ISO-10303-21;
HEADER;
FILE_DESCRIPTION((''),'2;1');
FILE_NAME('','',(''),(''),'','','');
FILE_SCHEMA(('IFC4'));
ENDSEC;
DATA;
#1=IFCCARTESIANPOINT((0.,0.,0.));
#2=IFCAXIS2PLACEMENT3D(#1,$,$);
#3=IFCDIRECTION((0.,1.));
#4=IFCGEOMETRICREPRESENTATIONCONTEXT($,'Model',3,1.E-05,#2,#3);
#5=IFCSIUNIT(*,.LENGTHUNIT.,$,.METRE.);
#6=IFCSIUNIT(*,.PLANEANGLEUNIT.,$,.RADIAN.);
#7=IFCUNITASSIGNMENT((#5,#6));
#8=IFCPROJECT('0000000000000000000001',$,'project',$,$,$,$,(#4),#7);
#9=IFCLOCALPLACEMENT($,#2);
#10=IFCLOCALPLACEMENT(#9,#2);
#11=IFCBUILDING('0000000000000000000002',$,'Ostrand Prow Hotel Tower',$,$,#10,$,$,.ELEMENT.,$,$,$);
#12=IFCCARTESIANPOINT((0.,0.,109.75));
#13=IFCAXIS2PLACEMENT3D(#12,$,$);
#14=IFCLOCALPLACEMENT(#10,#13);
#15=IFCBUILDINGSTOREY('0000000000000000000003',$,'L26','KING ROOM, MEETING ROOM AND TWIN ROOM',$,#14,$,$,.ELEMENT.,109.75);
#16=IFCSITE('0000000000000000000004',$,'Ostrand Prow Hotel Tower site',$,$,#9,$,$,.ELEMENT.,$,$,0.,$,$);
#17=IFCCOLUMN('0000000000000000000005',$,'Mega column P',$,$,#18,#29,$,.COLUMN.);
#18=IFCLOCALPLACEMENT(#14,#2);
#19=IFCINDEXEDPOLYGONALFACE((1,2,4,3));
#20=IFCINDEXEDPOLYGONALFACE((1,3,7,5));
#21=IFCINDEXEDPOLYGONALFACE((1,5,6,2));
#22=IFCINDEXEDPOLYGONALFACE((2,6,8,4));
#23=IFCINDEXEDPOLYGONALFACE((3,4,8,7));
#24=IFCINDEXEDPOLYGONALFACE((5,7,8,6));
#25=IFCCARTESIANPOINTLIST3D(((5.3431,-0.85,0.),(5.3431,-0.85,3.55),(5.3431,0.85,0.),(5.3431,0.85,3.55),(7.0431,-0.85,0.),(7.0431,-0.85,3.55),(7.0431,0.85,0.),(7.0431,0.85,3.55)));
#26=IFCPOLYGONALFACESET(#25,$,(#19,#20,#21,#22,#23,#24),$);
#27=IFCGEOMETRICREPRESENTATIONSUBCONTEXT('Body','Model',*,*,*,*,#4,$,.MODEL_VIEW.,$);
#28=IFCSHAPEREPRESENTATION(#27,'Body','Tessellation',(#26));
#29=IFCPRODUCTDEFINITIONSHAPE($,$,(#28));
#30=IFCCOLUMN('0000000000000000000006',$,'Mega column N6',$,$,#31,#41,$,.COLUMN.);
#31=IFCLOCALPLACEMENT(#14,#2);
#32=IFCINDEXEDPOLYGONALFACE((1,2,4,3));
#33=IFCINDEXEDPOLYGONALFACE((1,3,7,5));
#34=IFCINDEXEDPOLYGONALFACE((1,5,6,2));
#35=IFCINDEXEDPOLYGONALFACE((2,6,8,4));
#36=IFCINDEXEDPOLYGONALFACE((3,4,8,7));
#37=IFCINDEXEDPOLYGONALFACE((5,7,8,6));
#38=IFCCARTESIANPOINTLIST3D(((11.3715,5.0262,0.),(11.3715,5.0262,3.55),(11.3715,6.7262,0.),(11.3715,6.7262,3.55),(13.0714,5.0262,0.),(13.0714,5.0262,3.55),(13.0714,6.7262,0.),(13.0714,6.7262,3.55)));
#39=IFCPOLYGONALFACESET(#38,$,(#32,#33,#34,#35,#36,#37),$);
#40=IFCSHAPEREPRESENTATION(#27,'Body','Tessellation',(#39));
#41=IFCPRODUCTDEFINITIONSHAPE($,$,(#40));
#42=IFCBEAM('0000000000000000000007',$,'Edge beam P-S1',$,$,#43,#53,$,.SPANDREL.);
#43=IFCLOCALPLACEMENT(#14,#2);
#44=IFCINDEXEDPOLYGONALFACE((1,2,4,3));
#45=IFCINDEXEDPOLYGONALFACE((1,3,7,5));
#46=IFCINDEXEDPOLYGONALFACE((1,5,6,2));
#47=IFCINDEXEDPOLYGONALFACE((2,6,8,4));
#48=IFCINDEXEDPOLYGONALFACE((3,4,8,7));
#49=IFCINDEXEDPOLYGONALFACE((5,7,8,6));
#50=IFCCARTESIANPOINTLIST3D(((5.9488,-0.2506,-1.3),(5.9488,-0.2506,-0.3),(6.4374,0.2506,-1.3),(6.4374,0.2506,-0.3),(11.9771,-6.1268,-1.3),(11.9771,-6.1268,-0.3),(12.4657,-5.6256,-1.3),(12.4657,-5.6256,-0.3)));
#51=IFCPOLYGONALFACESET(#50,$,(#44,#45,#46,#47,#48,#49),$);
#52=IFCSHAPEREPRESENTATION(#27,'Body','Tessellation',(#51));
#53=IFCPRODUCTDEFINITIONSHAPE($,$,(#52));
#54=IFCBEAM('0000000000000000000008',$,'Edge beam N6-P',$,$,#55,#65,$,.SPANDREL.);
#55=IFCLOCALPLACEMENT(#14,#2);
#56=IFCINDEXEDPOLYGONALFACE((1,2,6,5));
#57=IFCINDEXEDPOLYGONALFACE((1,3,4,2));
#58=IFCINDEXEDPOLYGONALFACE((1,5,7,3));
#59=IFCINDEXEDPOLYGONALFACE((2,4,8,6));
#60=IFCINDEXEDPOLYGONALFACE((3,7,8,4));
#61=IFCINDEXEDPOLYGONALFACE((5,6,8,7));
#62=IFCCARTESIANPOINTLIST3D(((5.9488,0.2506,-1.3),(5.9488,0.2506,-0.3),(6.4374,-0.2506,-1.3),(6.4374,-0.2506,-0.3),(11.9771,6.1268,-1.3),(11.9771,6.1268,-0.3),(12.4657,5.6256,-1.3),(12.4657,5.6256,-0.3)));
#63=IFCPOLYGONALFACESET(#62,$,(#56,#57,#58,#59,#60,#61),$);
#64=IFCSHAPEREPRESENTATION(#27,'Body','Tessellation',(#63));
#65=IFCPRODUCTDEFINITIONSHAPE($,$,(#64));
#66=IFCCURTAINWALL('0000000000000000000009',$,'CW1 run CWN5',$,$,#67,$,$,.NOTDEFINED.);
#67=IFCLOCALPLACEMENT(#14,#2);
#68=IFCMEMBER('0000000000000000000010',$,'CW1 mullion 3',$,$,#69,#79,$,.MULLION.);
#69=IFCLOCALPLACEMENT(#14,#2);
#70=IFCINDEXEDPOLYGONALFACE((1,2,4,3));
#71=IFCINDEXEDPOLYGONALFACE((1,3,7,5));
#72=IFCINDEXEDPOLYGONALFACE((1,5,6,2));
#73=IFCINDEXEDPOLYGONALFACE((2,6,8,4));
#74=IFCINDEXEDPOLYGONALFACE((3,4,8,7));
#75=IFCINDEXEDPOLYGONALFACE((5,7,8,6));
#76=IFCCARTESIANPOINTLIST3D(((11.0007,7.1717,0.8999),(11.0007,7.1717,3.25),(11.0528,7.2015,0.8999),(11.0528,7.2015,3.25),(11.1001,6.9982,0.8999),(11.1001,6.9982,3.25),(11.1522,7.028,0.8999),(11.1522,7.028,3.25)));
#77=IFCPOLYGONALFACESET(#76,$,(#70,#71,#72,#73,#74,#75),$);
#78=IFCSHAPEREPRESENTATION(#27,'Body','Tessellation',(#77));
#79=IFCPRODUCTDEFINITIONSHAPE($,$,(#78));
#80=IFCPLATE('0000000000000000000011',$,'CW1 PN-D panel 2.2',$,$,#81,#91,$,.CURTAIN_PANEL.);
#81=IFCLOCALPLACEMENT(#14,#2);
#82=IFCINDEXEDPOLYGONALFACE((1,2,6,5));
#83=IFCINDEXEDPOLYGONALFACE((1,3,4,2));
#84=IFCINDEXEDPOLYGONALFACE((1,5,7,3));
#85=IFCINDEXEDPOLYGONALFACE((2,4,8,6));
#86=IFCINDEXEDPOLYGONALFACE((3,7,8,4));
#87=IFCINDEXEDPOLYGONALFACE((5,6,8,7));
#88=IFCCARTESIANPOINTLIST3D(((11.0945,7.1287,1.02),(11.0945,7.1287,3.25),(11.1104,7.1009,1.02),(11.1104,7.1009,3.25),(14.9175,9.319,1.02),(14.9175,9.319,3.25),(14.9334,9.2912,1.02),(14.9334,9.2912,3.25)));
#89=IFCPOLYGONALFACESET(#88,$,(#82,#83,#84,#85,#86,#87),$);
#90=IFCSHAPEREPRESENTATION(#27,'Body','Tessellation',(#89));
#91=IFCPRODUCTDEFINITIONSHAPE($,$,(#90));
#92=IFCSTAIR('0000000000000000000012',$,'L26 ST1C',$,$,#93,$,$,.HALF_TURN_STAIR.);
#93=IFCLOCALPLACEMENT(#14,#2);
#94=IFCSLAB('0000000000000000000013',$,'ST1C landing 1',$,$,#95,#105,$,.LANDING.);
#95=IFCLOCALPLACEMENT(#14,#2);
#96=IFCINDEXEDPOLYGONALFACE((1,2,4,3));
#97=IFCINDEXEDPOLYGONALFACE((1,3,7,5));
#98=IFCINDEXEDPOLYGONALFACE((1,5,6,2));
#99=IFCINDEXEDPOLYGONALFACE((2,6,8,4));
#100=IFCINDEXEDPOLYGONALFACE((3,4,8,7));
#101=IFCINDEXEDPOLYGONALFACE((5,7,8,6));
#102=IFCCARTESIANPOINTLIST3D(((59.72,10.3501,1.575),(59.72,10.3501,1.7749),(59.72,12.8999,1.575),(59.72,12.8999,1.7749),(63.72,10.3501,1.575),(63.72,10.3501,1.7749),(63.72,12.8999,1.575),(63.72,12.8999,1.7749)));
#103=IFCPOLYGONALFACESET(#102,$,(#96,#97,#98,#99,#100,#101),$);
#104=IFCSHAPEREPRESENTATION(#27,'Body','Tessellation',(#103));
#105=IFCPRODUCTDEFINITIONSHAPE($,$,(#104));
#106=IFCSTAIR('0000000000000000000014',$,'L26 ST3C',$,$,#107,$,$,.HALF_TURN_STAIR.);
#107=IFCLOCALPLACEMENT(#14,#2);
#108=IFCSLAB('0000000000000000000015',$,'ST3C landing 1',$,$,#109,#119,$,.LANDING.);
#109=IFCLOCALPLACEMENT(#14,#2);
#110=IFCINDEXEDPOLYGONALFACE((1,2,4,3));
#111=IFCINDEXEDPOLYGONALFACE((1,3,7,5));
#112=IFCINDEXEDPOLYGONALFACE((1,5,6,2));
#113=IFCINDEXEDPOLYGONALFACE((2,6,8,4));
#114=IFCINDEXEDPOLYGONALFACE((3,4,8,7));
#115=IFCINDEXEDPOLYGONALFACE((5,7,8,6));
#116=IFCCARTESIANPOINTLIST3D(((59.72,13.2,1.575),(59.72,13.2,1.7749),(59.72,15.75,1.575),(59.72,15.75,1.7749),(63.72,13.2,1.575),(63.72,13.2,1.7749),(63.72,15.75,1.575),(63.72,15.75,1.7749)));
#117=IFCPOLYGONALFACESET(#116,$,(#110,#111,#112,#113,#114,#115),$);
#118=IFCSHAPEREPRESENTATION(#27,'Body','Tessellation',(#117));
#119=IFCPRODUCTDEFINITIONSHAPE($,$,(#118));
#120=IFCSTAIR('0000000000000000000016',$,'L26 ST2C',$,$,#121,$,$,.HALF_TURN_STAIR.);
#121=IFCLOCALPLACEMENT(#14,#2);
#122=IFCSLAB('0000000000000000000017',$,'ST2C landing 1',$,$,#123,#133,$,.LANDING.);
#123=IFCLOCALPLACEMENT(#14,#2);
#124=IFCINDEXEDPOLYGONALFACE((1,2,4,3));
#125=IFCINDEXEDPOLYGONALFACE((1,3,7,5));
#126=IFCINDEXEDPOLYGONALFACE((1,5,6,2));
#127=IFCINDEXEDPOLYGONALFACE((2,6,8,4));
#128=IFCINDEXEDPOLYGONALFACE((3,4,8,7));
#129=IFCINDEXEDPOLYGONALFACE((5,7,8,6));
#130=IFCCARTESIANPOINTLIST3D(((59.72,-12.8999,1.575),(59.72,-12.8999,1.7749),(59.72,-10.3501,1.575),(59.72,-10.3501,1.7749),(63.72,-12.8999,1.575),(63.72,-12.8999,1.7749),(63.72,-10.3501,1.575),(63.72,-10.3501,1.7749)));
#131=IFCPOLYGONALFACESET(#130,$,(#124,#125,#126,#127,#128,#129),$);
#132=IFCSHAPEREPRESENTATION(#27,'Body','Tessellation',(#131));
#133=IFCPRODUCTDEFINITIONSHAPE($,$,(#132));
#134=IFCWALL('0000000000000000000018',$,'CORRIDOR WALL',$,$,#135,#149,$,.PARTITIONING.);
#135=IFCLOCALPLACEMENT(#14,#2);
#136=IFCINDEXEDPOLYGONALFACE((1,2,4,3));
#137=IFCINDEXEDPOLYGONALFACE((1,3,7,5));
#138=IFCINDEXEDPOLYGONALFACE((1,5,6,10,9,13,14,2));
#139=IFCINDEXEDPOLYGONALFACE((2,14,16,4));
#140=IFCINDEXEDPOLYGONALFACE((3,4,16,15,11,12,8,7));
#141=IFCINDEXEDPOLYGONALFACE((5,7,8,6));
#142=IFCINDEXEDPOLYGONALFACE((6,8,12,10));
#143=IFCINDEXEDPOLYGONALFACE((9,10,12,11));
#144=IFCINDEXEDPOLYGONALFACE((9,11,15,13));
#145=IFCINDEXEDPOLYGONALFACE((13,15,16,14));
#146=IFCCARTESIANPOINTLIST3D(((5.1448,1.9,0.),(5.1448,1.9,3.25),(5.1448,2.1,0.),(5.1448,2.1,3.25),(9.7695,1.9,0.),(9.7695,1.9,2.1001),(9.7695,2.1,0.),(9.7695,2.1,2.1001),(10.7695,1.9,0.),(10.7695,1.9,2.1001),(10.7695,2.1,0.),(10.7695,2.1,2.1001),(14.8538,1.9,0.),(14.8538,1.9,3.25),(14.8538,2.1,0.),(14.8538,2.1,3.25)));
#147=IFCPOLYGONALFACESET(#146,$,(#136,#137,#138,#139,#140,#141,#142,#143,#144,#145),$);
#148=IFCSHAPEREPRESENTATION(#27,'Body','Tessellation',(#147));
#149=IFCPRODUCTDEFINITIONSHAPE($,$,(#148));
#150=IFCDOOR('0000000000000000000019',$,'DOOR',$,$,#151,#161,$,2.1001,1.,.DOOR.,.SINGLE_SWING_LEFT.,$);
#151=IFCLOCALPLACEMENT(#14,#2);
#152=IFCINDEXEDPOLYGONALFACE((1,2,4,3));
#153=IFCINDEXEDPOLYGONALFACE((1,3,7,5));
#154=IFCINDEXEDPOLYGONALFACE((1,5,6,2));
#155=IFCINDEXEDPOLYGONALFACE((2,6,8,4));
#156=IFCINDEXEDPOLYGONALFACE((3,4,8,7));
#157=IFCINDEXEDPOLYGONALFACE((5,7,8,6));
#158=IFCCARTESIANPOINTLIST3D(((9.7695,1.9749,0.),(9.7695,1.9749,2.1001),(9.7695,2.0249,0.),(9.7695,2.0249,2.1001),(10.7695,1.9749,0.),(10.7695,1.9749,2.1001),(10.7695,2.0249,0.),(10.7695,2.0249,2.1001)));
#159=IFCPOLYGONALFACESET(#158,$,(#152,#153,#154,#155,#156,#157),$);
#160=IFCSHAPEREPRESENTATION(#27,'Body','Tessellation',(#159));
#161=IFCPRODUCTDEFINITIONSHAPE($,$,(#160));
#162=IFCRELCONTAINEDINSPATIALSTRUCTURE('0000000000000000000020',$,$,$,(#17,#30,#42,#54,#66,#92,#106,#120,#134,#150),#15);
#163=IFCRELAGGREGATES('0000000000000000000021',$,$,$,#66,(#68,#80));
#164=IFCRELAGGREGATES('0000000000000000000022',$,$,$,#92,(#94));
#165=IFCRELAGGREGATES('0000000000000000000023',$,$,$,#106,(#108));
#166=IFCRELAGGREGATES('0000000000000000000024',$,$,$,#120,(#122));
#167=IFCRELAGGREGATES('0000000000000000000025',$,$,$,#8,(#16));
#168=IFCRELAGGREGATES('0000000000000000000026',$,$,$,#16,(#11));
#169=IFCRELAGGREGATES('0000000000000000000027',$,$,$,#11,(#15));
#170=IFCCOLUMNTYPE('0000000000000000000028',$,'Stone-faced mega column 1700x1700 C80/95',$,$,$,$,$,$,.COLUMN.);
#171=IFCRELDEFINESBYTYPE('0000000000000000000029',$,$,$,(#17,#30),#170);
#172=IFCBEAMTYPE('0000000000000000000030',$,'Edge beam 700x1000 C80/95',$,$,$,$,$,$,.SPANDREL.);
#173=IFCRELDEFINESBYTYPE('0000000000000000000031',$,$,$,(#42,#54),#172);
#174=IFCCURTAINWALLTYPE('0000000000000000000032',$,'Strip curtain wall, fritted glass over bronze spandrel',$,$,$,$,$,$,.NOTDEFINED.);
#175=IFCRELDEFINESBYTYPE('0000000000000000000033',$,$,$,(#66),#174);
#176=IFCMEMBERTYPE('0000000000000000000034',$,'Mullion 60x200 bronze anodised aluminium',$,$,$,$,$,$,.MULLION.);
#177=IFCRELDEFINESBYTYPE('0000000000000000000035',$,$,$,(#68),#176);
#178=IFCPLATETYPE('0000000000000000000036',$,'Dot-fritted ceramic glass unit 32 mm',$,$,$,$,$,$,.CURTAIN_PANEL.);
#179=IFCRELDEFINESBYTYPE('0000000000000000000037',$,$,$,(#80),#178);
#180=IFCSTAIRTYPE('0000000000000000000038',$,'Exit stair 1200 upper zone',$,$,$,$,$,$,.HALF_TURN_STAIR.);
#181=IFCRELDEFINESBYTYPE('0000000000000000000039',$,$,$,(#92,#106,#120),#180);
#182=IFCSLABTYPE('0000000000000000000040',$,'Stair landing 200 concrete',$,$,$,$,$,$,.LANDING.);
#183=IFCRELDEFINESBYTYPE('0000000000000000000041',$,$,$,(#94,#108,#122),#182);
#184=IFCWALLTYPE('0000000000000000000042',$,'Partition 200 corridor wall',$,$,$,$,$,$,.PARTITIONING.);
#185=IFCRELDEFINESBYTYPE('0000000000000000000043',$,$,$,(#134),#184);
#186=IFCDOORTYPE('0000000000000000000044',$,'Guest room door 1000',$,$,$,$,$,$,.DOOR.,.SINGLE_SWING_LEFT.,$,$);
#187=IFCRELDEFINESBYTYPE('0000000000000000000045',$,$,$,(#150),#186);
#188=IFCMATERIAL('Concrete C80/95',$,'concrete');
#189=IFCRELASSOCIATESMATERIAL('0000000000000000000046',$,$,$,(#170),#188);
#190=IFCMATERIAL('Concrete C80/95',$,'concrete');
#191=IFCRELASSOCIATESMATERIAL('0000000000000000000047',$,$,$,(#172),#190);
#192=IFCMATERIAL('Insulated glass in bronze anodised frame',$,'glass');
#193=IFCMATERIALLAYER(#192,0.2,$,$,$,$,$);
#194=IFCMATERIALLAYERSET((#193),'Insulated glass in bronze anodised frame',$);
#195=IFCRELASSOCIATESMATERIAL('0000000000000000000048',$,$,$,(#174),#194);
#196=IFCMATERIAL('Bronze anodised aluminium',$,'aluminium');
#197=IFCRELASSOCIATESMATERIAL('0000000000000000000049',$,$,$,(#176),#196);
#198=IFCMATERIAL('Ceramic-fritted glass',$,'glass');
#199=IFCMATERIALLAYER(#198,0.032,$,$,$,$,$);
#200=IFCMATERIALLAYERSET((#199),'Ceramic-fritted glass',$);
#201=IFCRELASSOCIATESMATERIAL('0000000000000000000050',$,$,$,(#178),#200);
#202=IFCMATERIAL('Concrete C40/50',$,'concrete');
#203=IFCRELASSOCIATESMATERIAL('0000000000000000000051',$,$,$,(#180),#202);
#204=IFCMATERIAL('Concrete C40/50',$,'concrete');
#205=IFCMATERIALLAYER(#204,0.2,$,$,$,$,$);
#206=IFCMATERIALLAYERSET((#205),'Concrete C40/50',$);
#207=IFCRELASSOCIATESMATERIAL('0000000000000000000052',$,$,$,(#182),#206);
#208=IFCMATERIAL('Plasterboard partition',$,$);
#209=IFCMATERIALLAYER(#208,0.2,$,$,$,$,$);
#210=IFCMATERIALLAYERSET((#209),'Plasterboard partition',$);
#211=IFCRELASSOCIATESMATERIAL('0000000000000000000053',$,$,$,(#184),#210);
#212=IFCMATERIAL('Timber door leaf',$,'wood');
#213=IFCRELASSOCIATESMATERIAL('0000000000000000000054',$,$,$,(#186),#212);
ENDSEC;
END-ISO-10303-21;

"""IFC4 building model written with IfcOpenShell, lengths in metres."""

from ifc_helpers import new_model, si_unit, direction, frame, frame_2d, origin, origin_2d, place, context, subcontext, project, spatial, polyline, rectangle, outline, extrude, material, layer, layer_set, material_profile, profile_set, type_object, element, fill, aggregate, save


model = new_model("IFC4")

# Units and contexts
model_context = context("Model", 3, precision=1e-05, world=origin(), true_north=direction((0.0, 1.0)))
body_context = subcontext(model_context, "Body", "Model", "MODEL_VIEW")
ifc_project = project(units=[si_unit("LENGTHUNIT", "METRE"), si_unit("PLANEANGLEUNIT", "RADIAN")], contexts=[model_context])

# Site, building, storey
site_placement = place(None, origin())
site = spatial("IfcSite", under=ifc_project, at=site_placement, Name="Ostrand Prow Hotel Tower site", CompositionType="ELEMENT", RefElevation=0.0)
building_placement = place(site_placement, origin())
building = spatial("IfcBuilding", under=site, at=building_placement, Name="Ostrand Prow Hotel Tower", CompositionType="ELEMENT")
storey_placement = place(building_placement, frame((0.0, 0.0, 109.75)))
storey = spatial("IfcBuildingStorey", under=building, at=storey_placement, Name="L26", Description="KING ROOM, MEETING ROOM AND TWIN ROOM", CompositionType="ELEMENT", Elevation=109.75)

# Columns
ifc_material_1 = material(Name="Concrete C80/95", Category="concrete")
ifc_material_profile_1 = material_profile(ifc_material_1, rectangle(XDim=1.7, YDim=1.7, at=origin_2d()), Name="RC 1700x1700")
ifc_profile_set_1 = profile_set([ifc_material_profile_1], Name="Concrete C80/95")
column_type = type_object("IfcColumnType", Name="Stone-faced mega column 1700x1700 C80/95", PredefinedType="COLUMN", material=ifc_profile_set_1)
for number, where, z_axis, x_axis, name in (
    (1, (6.1931, 0.0, 0.0), (0.0, 0.0, 1.0), (1.0, 0.0, 0.0), "Mega column P"),
    (2, (12.2214, 5.8762, 0.0), (0.0, 0.0, 1.0), (1.0, 0.0, 0.0), "Mega column N6"),
):
    element("IfcColumn", number, at=place(storey_placement, frame(where, z_axis=z_axis, x_axis=x_axis)), inside=storey, type_object=column_type, Name=name, PredefinedType="COLUMN", context=body_context, shape_type="SweptSolid", body=[
        extrude(rectangle(XDim=1.7, YDim=1.7, at=origin_2d()), origin(), (0.0, 0.0, 1.0), 3.55),
    ])

# Beams
ifc_material_2 = material(Name="Concrete C80/95", Category="concrete")
ifc_material_profile_2 = material_profile(ifc_material_2, rectangle(XDim=0.7, YDim=1.0, at=origin_2d()), Name="RC 700x1000")
ifc_profile_set_2 = profile_set([ifc_material_profile_2], Name="Concrete C80/95")
beam_type = type_object("IfcBeamType", Name="Edge beam 700x1000 C80/95", PredefinedType="SPANDREL", material=ifc_profile_set_2)
for number, where, z_axis, x_axis, name in (
    (3, (6.1931, 0.0, -0.8), (0.716083, -0.698015, 0.0), (0.698015, 0.716083, 0.0), "Edge beam P-S1"),
    (4, (12.2214, 5.8762, -0.8), (-0.716083, -0.698015, 0.0), (0.698015, -0.716083, 0.0), "Edge beam N6-P"),
):
    element("IfcBeam", number, at=place(storey_placement, frame(where, z_axis=z_axis, x_axis=x_axis)), inside=storey, type_object=beam_type, Name=name, PredefinedType="SPANDREL", context=body_context, shape_type="SweptSolid", body=[
        extrude(rectangle(XDim=0.7, YDim=1.0, at=origin_2d()), origin(), (0.0, 0.0, 1.0), 8.4185),
    ])

# Curtain wall, member, plate
ifc_material_3 = material(Name="Insulated glass in bronze anodised frame", Category="glass")
ifc_layer_1 = layer(ifc_material_3, 0.2)
ifc_layer_set_1 = layer_set([ifc_layer_1], Name="Insulated glass in bronze anodised frame")
curtain_wall_type = type_object("IfcCurtainWallType", Name="Strip curtain wall, fritted glass over bronze spandrel", PredefinedType="NOTDEFINED", material=ifc_layer_set_1)
curtain_wall_placement = place(storey_placement, origin())
curtain_wall = element("IfcCurtainWall", 5, at=curtain_wall_placement, inside=storey, type_object=curtain_wall_type, Name="CW1 run CWN5", PredefinedType="NOTDEFINED")
ifc_material_4 = material(Name="Bronze anodised aluminium", Category="aluminium")
ifc_material_profile_3 = material_profile(ifc_material_4, rectangle(XDim=0.2, YDim=0.0601, at=origin_2d()), Name="Mullion 60x200 bronze anodised aluminium")
ifc_profile_set_3 = profile_set([ifc_material_profile_3], Name="Bronze anodised aluminium")
member_type = type_object("IfcMemberType", Name="Mullion 60x200 bronze anodised aluminium", PredefinedType="MULLION", material=ifc_profile_set_3)
member_placement = place(storey_placement, frame((11.0764, 7.0999, 0.8999), z_axis=(0.0, 0.0, 1.0), x_axis=(0.497115, -0.867685, 0.0)))
member = element("IfcMember", 6, at=member_placement, type_object=member_type, Name="CW1 mullion 3", PredefinedType="MULLION", context=body_context, shape_type="SweptSolid", body=[
    extrude(rectangle(XDim=0.2, YDim=0.0601, at=origin_2d()), origin(), (0.0, 0.0, 1.0), 2.3501),
])
ifc_material_5 = material(Name="Ceramic-fritted glass", Category="glass")
ifc_layer_2 = layer(ifc_material_5, 0.032)
ifc_layer_set_2 = layer_set([ifc_layer_2], Name="Ceramic-fritted glass")
plate_type = type_object("IfcPlateType", Name="Dot-fritted ceramic glass unit 32 mm", PredefinedType="CURTAIN_PANEL", material=ifc_layer_set_2)
plate_placement = place(storey_placement, frame((13.0139, 8.21, 1.02), z_axis=(0.0, 0.0, 1.0), x_axis=(-0.867685, -0.497115, 0.0)))
plate = element("IfcPlate", 7, at=plate_placement, type_object=plate_type, Name="CW1 PN-D panel 2.2", PredefinedType="CURTAIN_PANEL", context=body_context, shape_type="SweptSolid", body=[
    extrude(rectangle(XDim=4.406, YDim=0.032, at=origin_2d()), origin(), (0.0, 0.0, 1.0), 2.23),
])
aggregate(curtain_wall, [member, plate])

# Stairs, slabs
ifc_material_6 = material(Name="Concrete C40/50", Category="concrete")
stair_type = type_object("IfcStairType", Name="Exit stair 1200 upper zone", PredefinedType="HALF_TURN_STAIR", material=ifc_material_6)
stair_1_placement = place(storey_placement, origin())
stair_1 = element("IfcStair", 8, at=stair_1_placement, inside=storey, type_object=stair_type, Name="L26 ST1C", PredefinedType="HALF_TURN_STAIR")
ifc_material_7 = material(Name="Concrete C40/50", Category="concrete")
ifc_layer_3 = layer(ifc_material_7, 0.2)
ifc_layer_set_3 = layer_set([ifc_layer_3], Name="Concrete C40/50")
slab_type = type_object("IfcSlabType", Name="Stair landing 200 concrete", PredefinedType="LANDING", material=ifc_layer_set_3)
slab_1_placement = place(storey_placement, frame((0.0, 0.0, 1.575)))
slab_1 = element("IfcSlab", 9, at=slab_1_placement, type_object=slab_type, Name="ST1C landing 1", PredefinedType="LANDING", context=body_context, shape_type="SweptSolid", body=[
    extrude(outline(polyline([(59.72, 10.3501), (63.72, 10.3501), (63.72, 12.8999), (59.72, 12.8999), (59.72, 10.3501)])), origin(), (0.0, 0.0, 1.0), 0.2),
])
aggregate(stair_1, [slab_1])
stair_2_placement = place(storey_placement, origin())
stair_2 = element("IfcStair", 10, at=stair_2_placement, inside=storey, type_object=stair_type, Name="L26 ST3C", PredefinedType="HALF_TURN_STAIR")
slab_2_placement = place(storey_placement, frame((0.0, 0.0, 1.575)))
slab_2 = element("IfcSlab", 11, at=slab_2_placement, type_object=slab_type, Name="ST3C landing 1", PredefinedType="LANDING", context=body_context, shape_type="SweptSolid", body=[
    extrude(outline(polyline([(59.72, 13.2), (63.72, 13.2), (63.72, 15.75), (59.72, 15.75), (59.72, 13.2)])), origin(), (0.0, 0.0, 1.0), 0.2),
])
aggregate(stair_2, [slab_2])
stair_3_placement = place(storey_placement, origin())
stair_3 = element("IfcStair", 12, at=stair_3_placement, inside=storey, type_object=stair_type, Name="L26 ST2C", PredefinedType="HALF_TURN_STAIR")
slab_3_placement = place(storey_placement, frame((0.0, 0.0, 1.575)))
slab_3 = element("IfcSlab", 13, at=slab_3_placement, type_object=slab_type, Name="ST2C landing 1", PredefinedType="LANDING", context=body_context, shape_type="SweptSolid", body=[
    extrude(outline(polyline([(59.72, -12.8999), (63.72, -12.8999), (63.72, -10.3501), (59.72, -10.3501), (59.72, -12.8999)])), origin(), (0.0, 0.0, 1.0), 0.2),
])
aggregate(stair_3, [slab_3])

# Wall, opening, door
ifc_material_8 = material(Name="Plasterboard partition")
ifc_layer_4 = layer(ifc_material_8, 0.2)
ifc_layer_set_4 = layer_set([ifc_layer_4], Name="Plasterboard partition")
wall_type_1 = type_object("IfcWallType", Name="Partition 200 corridor wall", PredefinedType="PARTITIONING", material=ifc_layer_set_4)
wall_1_placement = place(storey_placement, frame((5.1448, 2.0, 0.0), z_axis=(0.0, 0.0, 1.0), x_axis=(1.0, 0.0, 0.0)))
wall_1 = element("IfcWall", 14, at=wall_1_placement, inside=storey, type_object=wall_type_1, Name="CORRIDOR WALL", PredefinedType="PARTITIONING", context=body_context, shape_type="SweptSolid", body=[
    extrude(rectangle(XDim=9.709, YDim=0.2, at=frame_2d((4.8545, 0.0))), origin(), (0.0, 0.0, 1.0), 3.25),
])
opening_1_placement = place(wall_1_placement, frame((4.6248, 0.0, 0.0)))
opening_1 = element("IfcOpeningElement", 15, at=opening_1_placement, cuts=wall_1, PredefinedType="OPENING", context=body_context, shape_type="SweptSolid", body=[
    extrude(rectangle(XDim=1.0, YDim=2.1001, at=frame_2d((0.5, 1.05))), frame((0.0, 0.1099, 0.0), z_axis=(0.0, -1.0, 0.0), x_axis=(1.0, 0.0, 0.0)), (0.0, 0.0, 1.0), 0.22),
])
ifc_material_9 = material(Name="Timber door leaf", Category="wood")
door_type = type_object("IfcDoorType", Name="Guest room door 1000", OperationType="SINGLE_SWING_LEFT", PredefinedType="DOOR", material=ifc_material_9)
door_placement = place(opening_1_placement, origin())
door = element("IfcDoor", 16, at=door_placement, inside=storey, type_object=door_type, Name="DOOR", OperationType="SINGLE_SWING_LEFT", OverallHeight=2.1001, OverallWidth=1.0, PredefinedType="DOOR", context=body_context, shape_type="SweptSolid", body=[
    extrude(rectangle(XDim=1.0, YDim=2.1001, at=frame_2d((0.5, 1.05))), frame((0.0, 0.0249, 0.0), z_axis=(0.0, -1.0, 0.0), x_axis=(1.0, 0.0, 0.0)), (0.0, 0.0, 1.0), 0.05),
])
fill(opening_1, door)

save(model, "model.ifc")
